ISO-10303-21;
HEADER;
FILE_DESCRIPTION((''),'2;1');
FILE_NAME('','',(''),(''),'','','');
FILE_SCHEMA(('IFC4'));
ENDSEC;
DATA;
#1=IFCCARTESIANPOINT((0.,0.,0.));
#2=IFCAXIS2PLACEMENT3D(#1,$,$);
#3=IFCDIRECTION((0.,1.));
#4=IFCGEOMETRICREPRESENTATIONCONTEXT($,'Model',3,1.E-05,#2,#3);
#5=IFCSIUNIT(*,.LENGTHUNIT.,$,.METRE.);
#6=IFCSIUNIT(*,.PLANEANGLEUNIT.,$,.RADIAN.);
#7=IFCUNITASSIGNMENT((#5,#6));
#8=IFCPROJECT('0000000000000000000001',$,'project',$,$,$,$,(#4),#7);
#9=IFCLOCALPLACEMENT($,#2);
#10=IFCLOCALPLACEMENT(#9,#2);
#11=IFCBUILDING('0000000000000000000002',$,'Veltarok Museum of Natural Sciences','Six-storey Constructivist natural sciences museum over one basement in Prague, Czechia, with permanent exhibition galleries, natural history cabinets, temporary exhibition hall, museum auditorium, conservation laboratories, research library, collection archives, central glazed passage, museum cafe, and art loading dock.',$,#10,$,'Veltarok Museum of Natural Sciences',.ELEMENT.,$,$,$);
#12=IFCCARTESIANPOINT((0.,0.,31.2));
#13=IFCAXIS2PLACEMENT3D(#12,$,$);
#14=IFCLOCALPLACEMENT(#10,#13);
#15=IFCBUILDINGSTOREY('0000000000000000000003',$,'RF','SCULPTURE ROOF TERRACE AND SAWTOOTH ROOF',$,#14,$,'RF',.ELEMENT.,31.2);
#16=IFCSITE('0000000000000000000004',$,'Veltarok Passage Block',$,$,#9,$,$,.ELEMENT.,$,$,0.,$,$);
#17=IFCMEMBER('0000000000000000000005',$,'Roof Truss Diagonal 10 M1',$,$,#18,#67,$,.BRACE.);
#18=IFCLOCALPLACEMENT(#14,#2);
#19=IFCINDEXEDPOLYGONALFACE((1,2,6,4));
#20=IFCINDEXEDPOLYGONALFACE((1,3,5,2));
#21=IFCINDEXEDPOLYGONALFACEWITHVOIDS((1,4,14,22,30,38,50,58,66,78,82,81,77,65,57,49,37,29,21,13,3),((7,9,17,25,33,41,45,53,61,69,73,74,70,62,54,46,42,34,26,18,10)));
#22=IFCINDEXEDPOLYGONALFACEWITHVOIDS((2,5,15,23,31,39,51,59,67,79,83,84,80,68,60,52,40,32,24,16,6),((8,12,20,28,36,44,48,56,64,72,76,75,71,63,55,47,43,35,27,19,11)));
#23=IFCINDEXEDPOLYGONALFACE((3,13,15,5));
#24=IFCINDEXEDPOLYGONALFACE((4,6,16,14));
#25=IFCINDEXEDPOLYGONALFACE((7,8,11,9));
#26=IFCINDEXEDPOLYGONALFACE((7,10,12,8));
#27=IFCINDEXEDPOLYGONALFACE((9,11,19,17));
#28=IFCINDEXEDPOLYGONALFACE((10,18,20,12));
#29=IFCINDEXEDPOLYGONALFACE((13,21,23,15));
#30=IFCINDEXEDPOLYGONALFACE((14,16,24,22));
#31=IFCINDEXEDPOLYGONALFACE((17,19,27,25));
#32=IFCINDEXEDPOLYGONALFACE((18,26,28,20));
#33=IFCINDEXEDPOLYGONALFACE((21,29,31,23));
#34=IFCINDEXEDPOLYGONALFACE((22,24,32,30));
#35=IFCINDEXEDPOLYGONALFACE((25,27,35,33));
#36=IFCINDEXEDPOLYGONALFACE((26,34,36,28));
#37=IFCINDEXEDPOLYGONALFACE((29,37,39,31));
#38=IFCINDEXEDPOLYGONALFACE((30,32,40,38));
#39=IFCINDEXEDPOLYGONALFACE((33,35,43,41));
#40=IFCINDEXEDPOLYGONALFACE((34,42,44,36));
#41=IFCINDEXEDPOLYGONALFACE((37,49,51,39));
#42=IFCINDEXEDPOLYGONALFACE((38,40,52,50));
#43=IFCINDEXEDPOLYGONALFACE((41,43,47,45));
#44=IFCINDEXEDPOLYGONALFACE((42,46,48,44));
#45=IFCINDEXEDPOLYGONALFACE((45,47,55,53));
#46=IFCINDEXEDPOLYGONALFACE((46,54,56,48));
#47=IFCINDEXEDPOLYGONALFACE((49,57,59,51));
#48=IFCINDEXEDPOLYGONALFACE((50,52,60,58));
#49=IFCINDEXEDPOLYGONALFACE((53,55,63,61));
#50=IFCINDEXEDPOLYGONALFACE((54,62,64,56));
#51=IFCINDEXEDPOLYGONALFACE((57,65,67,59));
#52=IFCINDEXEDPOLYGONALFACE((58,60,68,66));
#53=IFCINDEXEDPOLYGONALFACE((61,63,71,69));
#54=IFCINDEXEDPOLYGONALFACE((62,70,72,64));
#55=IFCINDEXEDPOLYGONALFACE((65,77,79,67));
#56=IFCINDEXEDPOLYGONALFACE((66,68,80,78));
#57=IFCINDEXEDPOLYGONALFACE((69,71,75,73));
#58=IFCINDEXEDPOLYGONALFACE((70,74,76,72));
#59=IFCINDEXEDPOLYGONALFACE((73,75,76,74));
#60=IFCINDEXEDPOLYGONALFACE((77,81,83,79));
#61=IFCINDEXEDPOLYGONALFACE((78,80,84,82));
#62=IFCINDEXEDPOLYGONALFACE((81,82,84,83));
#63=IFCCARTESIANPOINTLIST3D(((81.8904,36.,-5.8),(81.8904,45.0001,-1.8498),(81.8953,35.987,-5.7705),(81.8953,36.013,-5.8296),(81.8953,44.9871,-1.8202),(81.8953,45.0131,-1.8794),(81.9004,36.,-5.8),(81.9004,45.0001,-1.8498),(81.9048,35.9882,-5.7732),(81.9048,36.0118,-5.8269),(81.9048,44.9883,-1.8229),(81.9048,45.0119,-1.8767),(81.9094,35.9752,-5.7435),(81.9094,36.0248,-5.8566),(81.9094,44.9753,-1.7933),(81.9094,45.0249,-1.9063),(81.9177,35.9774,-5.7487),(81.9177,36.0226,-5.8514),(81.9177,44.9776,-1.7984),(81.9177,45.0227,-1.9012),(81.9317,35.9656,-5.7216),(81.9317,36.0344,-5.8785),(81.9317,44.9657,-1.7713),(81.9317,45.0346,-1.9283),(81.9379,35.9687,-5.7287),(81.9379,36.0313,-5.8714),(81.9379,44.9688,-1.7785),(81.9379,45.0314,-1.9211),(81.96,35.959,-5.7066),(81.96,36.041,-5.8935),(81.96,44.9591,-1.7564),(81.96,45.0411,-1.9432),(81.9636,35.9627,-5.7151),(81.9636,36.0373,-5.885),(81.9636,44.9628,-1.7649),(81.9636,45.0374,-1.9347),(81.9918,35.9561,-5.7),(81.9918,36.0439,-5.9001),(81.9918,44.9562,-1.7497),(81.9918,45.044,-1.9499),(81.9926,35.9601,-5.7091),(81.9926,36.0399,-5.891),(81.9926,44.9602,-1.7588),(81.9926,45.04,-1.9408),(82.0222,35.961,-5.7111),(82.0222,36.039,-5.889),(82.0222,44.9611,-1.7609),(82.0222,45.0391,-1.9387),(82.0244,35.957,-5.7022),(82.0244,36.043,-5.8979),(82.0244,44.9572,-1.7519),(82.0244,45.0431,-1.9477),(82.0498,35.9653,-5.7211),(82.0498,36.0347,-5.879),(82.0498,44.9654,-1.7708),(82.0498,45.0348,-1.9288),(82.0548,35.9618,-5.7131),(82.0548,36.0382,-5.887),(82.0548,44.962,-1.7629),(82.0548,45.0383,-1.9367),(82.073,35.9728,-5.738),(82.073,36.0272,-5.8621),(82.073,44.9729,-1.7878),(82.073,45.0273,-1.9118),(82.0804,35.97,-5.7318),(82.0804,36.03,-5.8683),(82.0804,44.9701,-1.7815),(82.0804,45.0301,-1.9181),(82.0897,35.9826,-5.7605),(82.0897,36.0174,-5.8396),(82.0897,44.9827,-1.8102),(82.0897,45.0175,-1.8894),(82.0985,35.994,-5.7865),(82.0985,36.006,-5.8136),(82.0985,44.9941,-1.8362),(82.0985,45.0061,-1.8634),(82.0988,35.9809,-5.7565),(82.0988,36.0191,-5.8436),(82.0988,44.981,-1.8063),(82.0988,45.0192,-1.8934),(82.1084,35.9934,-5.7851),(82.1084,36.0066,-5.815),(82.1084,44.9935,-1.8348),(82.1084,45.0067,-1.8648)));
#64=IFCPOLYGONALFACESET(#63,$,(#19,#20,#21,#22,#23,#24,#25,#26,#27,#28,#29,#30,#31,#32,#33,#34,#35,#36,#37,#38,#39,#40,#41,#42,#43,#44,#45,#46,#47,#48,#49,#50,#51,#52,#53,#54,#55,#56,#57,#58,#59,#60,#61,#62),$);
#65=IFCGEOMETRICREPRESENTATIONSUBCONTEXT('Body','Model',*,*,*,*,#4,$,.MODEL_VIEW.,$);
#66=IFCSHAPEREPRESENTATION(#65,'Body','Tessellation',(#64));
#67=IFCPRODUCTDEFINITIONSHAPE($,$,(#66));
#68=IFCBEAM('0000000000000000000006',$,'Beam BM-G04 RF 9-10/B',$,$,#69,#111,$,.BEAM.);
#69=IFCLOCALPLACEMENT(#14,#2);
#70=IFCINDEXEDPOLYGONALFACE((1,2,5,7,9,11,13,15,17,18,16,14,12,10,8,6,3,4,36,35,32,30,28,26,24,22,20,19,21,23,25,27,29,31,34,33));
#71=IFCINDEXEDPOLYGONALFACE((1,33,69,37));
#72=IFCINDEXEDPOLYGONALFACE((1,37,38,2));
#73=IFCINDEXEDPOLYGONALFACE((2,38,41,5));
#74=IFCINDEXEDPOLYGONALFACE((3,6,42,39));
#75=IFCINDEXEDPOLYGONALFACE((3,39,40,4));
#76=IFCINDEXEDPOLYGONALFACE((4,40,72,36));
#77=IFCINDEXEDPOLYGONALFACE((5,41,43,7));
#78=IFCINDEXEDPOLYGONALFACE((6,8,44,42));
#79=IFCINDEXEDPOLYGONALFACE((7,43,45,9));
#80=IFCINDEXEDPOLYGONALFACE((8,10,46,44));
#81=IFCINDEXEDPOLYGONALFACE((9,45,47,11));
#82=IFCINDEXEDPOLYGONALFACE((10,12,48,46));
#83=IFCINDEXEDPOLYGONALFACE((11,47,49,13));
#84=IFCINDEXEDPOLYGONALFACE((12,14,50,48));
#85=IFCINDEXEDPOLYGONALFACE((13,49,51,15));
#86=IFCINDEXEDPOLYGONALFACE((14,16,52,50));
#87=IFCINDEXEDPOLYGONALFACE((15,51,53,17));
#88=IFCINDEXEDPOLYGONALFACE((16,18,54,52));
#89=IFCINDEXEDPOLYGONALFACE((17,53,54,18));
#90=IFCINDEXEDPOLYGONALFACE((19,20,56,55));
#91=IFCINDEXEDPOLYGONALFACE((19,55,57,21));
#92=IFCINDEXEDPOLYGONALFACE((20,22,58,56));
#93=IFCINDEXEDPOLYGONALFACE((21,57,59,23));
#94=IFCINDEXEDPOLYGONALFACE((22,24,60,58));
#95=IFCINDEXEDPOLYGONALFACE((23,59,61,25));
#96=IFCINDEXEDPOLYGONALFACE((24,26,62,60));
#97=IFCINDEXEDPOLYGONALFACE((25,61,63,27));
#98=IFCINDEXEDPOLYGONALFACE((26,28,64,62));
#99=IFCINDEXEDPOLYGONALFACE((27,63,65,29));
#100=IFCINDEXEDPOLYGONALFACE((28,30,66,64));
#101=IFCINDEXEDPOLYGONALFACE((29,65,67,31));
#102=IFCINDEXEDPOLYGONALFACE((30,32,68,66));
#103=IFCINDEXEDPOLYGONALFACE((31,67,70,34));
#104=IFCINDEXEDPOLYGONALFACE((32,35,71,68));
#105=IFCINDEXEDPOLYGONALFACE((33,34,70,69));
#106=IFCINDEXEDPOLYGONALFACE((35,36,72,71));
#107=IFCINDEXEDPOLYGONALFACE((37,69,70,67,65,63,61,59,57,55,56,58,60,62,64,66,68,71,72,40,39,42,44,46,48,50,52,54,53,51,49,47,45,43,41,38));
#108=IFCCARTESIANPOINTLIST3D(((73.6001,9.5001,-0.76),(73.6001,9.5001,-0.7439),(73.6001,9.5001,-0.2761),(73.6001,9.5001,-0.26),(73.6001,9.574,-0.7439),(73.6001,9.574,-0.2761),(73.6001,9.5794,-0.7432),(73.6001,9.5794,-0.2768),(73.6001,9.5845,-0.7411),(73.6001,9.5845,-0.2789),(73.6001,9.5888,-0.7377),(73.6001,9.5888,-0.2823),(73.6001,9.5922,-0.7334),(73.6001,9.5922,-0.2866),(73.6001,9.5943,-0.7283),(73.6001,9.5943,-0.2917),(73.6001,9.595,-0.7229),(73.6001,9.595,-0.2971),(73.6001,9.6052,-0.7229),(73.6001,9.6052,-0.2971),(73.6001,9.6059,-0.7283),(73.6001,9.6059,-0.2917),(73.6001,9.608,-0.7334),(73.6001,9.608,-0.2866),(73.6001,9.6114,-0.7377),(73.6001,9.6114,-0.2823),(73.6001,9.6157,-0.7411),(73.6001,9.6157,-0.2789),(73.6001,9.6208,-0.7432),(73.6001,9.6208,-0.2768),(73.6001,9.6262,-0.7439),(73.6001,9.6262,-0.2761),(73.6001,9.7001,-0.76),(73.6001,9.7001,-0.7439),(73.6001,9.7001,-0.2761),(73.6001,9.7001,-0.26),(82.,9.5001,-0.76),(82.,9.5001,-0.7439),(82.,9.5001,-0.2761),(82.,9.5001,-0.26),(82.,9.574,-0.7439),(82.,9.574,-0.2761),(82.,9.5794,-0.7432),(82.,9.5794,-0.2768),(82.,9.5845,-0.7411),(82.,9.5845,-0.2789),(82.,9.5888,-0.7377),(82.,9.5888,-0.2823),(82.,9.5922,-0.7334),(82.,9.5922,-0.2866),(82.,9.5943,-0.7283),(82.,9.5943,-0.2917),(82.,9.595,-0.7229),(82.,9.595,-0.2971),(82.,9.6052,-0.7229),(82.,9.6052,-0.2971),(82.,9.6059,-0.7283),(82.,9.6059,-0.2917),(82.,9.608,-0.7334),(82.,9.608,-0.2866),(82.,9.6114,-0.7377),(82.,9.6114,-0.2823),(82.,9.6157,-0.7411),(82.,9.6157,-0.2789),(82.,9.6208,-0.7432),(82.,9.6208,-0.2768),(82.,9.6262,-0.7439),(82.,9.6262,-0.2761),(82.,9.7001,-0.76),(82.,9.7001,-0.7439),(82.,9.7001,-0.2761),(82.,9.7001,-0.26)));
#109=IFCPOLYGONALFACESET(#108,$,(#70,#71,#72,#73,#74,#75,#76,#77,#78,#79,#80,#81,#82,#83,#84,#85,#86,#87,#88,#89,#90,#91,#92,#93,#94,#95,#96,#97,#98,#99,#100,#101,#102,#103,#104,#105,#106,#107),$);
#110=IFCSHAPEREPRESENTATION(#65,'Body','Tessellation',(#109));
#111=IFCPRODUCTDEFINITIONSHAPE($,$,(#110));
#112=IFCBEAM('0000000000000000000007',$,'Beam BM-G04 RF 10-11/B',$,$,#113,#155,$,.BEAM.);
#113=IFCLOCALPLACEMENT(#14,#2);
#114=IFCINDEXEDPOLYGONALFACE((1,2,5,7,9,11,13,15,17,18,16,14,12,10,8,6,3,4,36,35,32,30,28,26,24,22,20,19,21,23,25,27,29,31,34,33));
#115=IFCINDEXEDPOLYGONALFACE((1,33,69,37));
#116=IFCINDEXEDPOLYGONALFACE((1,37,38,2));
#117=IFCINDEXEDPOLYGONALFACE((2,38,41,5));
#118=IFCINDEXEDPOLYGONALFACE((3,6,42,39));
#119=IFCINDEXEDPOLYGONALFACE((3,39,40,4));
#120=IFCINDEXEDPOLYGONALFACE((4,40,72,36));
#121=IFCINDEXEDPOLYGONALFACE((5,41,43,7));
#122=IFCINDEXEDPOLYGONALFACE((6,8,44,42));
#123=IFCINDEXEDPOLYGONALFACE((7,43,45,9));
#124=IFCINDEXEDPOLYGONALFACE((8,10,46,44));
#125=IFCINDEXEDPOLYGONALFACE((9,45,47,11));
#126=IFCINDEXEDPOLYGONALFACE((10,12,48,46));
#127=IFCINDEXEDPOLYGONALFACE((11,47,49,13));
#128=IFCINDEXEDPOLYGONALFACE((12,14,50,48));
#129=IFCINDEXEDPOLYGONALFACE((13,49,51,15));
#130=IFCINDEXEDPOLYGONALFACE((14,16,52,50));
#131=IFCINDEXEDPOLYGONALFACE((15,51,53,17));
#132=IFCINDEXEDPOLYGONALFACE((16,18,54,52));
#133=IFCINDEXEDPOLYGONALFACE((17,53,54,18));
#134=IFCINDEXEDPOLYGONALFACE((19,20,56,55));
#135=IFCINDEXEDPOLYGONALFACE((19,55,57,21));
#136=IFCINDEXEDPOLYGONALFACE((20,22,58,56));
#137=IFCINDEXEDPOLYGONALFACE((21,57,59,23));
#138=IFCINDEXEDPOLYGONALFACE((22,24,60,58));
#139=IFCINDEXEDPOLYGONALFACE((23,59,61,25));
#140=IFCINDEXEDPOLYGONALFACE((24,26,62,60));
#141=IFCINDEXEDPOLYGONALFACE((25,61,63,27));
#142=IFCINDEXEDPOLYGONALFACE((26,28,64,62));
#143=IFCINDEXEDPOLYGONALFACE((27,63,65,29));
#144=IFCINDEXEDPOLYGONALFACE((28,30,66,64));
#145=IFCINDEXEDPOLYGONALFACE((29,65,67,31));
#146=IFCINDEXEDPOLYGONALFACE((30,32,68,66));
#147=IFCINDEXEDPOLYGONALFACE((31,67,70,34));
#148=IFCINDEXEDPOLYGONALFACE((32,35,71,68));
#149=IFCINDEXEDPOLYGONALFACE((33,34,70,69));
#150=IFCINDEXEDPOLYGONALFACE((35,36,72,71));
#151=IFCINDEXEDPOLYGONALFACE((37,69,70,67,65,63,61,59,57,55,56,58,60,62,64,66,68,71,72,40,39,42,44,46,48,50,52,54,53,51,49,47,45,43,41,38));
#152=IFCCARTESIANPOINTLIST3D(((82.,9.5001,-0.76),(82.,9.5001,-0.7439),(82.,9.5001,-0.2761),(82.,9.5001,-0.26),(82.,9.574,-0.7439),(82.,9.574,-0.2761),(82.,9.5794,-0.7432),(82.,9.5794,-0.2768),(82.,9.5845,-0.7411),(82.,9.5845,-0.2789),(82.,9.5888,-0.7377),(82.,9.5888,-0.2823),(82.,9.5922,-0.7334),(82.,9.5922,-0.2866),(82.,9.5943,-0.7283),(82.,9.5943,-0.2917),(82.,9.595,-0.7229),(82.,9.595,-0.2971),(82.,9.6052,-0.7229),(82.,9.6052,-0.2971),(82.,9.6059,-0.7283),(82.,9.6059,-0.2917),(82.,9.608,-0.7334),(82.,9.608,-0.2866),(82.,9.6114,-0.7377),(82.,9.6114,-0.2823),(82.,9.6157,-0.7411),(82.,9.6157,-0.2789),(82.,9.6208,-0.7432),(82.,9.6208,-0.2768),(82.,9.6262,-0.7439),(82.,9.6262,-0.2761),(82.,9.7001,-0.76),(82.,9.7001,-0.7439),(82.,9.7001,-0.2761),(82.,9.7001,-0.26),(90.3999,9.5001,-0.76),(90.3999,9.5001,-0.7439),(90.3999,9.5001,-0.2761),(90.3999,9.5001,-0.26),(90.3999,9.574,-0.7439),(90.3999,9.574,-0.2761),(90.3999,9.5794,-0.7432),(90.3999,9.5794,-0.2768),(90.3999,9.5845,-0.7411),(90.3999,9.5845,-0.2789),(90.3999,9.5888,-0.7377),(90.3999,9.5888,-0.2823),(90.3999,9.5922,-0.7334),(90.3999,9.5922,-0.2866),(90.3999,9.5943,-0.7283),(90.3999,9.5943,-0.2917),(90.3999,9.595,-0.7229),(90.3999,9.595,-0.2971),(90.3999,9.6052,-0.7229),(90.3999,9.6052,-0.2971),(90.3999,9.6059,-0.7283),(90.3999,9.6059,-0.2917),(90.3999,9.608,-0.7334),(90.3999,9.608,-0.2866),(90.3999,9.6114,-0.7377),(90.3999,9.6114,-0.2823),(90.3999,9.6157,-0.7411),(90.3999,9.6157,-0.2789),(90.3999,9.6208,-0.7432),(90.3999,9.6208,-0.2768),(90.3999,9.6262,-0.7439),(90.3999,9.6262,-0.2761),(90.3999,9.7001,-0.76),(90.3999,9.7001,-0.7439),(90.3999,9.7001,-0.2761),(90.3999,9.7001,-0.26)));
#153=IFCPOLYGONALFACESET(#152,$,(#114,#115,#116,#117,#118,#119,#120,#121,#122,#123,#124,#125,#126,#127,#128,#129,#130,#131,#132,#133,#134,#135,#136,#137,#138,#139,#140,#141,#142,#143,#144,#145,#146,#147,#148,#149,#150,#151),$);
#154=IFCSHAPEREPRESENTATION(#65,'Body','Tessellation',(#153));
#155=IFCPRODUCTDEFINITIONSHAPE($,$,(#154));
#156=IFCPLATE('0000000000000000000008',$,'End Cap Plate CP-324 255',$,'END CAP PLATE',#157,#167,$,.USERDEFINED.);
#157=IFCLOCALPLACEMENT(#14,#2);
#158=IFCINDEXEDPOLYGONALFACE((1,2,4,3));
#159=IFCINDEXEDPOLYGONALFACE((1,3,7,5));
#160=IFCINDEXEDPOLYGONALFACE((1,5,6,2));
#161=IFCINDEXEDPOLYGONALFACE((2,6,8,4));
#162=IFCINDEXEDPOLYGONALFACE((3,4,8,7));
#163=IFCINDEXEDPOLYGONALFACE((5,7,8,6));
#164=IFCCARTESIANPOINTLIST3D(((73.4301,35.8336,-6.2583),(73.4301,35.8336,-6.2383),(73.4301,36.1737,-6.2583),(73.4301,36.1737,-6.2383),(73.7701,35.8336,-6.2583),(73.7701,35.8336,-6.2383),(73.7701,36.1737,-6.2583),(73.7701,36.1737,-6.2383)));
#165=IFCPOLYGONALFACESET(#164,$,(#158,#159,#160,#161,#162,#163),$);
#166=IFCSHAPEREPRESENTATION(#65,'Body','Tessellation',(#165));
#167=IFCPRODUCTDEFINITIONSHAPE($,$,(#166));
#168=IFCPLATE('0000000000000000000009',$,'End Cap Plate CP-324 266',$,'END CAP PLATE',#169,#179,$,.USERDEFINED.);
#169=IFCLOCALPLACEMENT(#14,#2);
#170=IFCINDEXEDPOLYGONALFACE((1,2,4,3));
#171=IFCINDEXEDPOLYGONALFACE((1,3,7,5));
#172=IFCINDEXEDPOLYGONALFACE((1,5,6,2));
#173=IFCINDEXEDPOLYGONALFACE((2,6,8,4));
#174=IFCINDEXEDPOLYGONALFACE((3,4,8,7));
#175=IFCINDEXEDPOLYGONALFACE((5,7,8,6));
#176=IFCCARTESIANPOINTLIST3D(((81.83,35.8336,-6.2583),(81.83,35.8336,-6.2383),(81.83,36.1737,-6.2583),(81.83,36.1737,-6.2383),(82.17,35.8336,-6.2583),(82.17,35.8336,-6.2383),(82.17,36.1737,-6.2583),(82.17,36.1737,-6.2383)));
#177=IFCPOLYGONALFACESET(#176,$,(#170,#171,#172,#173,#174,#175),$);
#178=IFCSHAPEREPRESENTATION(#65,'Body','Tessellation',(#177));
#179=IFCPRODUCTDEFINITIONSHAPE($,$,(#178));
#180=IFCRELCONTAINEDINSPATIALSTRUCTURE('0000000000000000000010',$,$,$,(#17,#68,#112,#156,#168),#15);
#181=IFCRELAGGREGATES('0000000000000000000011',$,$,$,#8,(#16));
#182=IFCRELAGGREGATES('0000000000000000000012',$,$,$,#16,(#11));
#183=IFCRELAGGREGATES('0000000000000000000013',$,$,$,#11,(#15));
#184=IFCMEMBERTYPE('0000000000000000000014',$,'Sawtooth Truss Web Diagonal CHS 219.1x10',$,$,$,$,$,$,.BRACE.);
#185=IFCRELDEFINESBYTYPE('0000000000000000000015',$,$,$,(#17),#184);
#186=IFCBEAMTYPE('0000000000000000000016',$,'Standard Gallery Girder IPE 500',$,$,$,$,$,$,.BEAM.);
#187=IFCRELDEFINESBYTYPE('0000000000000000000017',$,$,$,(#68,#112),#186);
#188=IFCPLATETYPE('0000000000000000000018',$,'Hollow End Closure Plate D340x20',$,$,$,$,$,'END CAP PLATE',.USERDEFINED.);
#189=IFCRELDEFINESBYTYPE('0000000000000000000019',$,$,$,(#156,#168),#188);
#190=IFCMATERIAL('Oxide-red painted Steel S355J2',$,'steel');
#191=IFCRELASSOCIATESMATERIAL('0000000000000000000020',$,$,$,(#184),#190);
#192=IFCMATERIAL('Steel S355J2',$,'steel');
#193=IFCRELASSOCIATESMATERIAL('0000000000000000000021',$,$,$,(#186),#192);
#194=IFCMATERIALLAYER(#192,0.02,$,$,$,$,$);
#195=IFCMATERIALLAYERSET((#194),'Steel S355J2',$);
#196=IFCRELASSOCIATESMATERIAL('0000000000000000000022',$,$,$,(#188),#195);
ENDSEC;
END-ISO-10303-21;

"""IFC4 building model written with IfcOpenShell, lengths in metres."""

from ifc_helpers import new_model, si_unit, direction, frame, origin, origin_2d, place, context, subcontext, project, spatial, rectangle, hollow_circle, i_section, extrude, material, layer, layer_set, material_profile, profile_set, type_object, element, save


model = new_model("IFC4")

# Units and contexts
model_context = context("Model", 3, precision=1e-05, world=origin(), true_north=direction((0.0, 1.0)))
body_context = subcontext(model_context, "Body", "Model", "MODEL_VIEW")
ifc_project = project(units=[si_unit("LENGTHUNIT", "METRE"), si_unit("PLANEANGLEUNIT", "RADIAN")], contexts=[model_context])

# Site, building, storey
site_placement = place(None, origin())
site = spatial("IfcSite", under=ifc_project, at=site_placement, Name="Veltarok Passage Block", CompositionType="ELEMENT", RefElevation=0.0)
building_placement = place(site_placement, origin())
building = spatial("IfcBuilding", under=site, at=building_placement, Name="Veltarok Museum of Natural Sciences", Description="Six-storey Constructivist natural sciences museum over one basement in Prague, Czechia, with permanent exhibition galleries, natural history cabinets, temporary exhibition hall, museum auditorium, conservation laboratories, research library, collection archives, central glazed passage, museum cafe, and art loading dock.", LongName="Veltarok Museum of Natural Sciences", CompositionType="ELEMENT")
storey_placement = place(building_placement, frame((0.0, 0.0, 31.2)))
storey = spatial("IfcBuildingStorey", under=building, at=storey_placement, Name="RF", Description="SCULPTURE ROOF TERRACE AND SAWTOOTH ROOF", LongName="RF", CompositionType="ELEMENT", Elevation=31.2)

# Shared definitions
ifc_material_1 = material(Name="Steel S355J2", Category="steel")

# Member
ifc_material_2 = material(Name="Oxide-red painted Steel S355J2", Category="steel")
ifc_material_profile_1 = material_profile(ifc_material_2, hollow_circle(Radius=0.1096, WallThickness=0.01, at=origin_2d()), Name="CHS 219.1x10")
ifc_profile_set_1 = profile_set([ifc_material_profile_1], Name="Oxide-red painted Steel S355J2")
member_type_1 = type_object("IfcMemberType", Name="Sawtooth Truss Web Diagonal CHS 219.1x10", PredefinedType="BRACE", material=ifc_profile_set_1)
for number, where, z_axis, x_axis, name in (
    (1, (82.0, 36.0, -5.8), (0.0, 0.915682, 0.401903), (-1.0, 0.0, 0.0), "Roof Truss Diagonal 10 M1"),
):
    element("IfcMember", number, at=place(storey_placement, frame(where, z_axis=z_axis, x_axis=x_axis)), inside=storey, type_object=member_type_1, Name=name, PredefinedType="BRACE", context=body_context, shape_type="SweptSolid", body=[
        extrude(hollow_circle(Radius=0.1096, WallThickness=0.01, at=origin_2d()), origin(), (0.0, 0.0, 1.0), 9.8289),
    ])

# Beams
ifc_material_profile_2 = material_profile(ifc_material_1, i_section(OverallWidth=0.2, OverallDepth=0.5, WebThickness=0.0103, FlangeThickness=0.0161, FilletRadius=0.021, at=origin_2d()), Name="IPE 500")
ifc_profile_set_2 = profile_set([ifc_material_profile_2], Name="Steel S355J2")
beam_type_1 = type_object("IfcBeamType", Name="Standard Gallery Girder IPE 500", PredefinedType="BEAM", material=ifc_profile_set_2)
for number, where, z_axis, x_axis, name in (
    (2, (73.6001, 9.6001, -0.51), (1.0, 0.0, 0.0), (0.0, 1.0, 0.0), "Beam BM-G04 RF 9-10/B"),
    (3, (82.0, 9.6001, -0.51), (1.0, 0.0, 0.0), (0.0, 1.0, 0.0), "Beam BM-G04 RF 10-11/B"),
):
    element("IfcBeam", number, at=place(storey_placement, frame(where, z_axis=z_axis, x_axis=x_axis)), inside=storey, type_object=beam_type_1, Name=name, PredefinedType="BEAM", context=body_context, shape_type="SweptSolid", body=[
        extrude(i_section(OverallWidth=0.2, OverallDepth=0.5, WebThickness=0.0103, FlangeThickness=0.0161, FilletRadius=0.021, at=origin_2d()), origin(), (0.0, 0.0, 1.0), 8.3999),
    ])

# Plates
ifc_layer = layer(ifc_material_1, 0.02)
ifc_layer_set = layer_set([ifc_layer], Name="Steel S355J2")
plate_type = type_object("IfcPlateType", Name="Hollow End Closure Plate D340x20", ElementType="END CAP PLATE", PredefinedType="USERDEFINED", material=ifc_layer_set)
for number, where, z_axis, x_axis, name in (
    (4, (73.6001, 36.0037, -6.2583), (0.0, 0.0, 1.0), (0.0, 1.0, 0.0), "End Cap Plate CP-324 255"),
    (5, (82.0, 36.0037, -6.2583), (0.0, 0.0, 1.0), (0.0, 1.0, 0.0), "End Cap Plate CP-324 266"),
):
    element("IfcPlate", number, at=place(storey_placement, frame(where, z_axis=z_axis, x_axis=x_axis)), inside=storey, type_object=plate_type, Name=name, ObjectType="END CAP PLATE", PredefinedType="USERDEFINED", context=body_context, shape_type="SweptSolid", body=[
        extrude(rectangle(XDim=0.3401, YDim=0.3401, at=origin_2d()), origin(), (0.0, 0.0, 1.0), 0.02),
    ])

save(model, "model.ifc")
